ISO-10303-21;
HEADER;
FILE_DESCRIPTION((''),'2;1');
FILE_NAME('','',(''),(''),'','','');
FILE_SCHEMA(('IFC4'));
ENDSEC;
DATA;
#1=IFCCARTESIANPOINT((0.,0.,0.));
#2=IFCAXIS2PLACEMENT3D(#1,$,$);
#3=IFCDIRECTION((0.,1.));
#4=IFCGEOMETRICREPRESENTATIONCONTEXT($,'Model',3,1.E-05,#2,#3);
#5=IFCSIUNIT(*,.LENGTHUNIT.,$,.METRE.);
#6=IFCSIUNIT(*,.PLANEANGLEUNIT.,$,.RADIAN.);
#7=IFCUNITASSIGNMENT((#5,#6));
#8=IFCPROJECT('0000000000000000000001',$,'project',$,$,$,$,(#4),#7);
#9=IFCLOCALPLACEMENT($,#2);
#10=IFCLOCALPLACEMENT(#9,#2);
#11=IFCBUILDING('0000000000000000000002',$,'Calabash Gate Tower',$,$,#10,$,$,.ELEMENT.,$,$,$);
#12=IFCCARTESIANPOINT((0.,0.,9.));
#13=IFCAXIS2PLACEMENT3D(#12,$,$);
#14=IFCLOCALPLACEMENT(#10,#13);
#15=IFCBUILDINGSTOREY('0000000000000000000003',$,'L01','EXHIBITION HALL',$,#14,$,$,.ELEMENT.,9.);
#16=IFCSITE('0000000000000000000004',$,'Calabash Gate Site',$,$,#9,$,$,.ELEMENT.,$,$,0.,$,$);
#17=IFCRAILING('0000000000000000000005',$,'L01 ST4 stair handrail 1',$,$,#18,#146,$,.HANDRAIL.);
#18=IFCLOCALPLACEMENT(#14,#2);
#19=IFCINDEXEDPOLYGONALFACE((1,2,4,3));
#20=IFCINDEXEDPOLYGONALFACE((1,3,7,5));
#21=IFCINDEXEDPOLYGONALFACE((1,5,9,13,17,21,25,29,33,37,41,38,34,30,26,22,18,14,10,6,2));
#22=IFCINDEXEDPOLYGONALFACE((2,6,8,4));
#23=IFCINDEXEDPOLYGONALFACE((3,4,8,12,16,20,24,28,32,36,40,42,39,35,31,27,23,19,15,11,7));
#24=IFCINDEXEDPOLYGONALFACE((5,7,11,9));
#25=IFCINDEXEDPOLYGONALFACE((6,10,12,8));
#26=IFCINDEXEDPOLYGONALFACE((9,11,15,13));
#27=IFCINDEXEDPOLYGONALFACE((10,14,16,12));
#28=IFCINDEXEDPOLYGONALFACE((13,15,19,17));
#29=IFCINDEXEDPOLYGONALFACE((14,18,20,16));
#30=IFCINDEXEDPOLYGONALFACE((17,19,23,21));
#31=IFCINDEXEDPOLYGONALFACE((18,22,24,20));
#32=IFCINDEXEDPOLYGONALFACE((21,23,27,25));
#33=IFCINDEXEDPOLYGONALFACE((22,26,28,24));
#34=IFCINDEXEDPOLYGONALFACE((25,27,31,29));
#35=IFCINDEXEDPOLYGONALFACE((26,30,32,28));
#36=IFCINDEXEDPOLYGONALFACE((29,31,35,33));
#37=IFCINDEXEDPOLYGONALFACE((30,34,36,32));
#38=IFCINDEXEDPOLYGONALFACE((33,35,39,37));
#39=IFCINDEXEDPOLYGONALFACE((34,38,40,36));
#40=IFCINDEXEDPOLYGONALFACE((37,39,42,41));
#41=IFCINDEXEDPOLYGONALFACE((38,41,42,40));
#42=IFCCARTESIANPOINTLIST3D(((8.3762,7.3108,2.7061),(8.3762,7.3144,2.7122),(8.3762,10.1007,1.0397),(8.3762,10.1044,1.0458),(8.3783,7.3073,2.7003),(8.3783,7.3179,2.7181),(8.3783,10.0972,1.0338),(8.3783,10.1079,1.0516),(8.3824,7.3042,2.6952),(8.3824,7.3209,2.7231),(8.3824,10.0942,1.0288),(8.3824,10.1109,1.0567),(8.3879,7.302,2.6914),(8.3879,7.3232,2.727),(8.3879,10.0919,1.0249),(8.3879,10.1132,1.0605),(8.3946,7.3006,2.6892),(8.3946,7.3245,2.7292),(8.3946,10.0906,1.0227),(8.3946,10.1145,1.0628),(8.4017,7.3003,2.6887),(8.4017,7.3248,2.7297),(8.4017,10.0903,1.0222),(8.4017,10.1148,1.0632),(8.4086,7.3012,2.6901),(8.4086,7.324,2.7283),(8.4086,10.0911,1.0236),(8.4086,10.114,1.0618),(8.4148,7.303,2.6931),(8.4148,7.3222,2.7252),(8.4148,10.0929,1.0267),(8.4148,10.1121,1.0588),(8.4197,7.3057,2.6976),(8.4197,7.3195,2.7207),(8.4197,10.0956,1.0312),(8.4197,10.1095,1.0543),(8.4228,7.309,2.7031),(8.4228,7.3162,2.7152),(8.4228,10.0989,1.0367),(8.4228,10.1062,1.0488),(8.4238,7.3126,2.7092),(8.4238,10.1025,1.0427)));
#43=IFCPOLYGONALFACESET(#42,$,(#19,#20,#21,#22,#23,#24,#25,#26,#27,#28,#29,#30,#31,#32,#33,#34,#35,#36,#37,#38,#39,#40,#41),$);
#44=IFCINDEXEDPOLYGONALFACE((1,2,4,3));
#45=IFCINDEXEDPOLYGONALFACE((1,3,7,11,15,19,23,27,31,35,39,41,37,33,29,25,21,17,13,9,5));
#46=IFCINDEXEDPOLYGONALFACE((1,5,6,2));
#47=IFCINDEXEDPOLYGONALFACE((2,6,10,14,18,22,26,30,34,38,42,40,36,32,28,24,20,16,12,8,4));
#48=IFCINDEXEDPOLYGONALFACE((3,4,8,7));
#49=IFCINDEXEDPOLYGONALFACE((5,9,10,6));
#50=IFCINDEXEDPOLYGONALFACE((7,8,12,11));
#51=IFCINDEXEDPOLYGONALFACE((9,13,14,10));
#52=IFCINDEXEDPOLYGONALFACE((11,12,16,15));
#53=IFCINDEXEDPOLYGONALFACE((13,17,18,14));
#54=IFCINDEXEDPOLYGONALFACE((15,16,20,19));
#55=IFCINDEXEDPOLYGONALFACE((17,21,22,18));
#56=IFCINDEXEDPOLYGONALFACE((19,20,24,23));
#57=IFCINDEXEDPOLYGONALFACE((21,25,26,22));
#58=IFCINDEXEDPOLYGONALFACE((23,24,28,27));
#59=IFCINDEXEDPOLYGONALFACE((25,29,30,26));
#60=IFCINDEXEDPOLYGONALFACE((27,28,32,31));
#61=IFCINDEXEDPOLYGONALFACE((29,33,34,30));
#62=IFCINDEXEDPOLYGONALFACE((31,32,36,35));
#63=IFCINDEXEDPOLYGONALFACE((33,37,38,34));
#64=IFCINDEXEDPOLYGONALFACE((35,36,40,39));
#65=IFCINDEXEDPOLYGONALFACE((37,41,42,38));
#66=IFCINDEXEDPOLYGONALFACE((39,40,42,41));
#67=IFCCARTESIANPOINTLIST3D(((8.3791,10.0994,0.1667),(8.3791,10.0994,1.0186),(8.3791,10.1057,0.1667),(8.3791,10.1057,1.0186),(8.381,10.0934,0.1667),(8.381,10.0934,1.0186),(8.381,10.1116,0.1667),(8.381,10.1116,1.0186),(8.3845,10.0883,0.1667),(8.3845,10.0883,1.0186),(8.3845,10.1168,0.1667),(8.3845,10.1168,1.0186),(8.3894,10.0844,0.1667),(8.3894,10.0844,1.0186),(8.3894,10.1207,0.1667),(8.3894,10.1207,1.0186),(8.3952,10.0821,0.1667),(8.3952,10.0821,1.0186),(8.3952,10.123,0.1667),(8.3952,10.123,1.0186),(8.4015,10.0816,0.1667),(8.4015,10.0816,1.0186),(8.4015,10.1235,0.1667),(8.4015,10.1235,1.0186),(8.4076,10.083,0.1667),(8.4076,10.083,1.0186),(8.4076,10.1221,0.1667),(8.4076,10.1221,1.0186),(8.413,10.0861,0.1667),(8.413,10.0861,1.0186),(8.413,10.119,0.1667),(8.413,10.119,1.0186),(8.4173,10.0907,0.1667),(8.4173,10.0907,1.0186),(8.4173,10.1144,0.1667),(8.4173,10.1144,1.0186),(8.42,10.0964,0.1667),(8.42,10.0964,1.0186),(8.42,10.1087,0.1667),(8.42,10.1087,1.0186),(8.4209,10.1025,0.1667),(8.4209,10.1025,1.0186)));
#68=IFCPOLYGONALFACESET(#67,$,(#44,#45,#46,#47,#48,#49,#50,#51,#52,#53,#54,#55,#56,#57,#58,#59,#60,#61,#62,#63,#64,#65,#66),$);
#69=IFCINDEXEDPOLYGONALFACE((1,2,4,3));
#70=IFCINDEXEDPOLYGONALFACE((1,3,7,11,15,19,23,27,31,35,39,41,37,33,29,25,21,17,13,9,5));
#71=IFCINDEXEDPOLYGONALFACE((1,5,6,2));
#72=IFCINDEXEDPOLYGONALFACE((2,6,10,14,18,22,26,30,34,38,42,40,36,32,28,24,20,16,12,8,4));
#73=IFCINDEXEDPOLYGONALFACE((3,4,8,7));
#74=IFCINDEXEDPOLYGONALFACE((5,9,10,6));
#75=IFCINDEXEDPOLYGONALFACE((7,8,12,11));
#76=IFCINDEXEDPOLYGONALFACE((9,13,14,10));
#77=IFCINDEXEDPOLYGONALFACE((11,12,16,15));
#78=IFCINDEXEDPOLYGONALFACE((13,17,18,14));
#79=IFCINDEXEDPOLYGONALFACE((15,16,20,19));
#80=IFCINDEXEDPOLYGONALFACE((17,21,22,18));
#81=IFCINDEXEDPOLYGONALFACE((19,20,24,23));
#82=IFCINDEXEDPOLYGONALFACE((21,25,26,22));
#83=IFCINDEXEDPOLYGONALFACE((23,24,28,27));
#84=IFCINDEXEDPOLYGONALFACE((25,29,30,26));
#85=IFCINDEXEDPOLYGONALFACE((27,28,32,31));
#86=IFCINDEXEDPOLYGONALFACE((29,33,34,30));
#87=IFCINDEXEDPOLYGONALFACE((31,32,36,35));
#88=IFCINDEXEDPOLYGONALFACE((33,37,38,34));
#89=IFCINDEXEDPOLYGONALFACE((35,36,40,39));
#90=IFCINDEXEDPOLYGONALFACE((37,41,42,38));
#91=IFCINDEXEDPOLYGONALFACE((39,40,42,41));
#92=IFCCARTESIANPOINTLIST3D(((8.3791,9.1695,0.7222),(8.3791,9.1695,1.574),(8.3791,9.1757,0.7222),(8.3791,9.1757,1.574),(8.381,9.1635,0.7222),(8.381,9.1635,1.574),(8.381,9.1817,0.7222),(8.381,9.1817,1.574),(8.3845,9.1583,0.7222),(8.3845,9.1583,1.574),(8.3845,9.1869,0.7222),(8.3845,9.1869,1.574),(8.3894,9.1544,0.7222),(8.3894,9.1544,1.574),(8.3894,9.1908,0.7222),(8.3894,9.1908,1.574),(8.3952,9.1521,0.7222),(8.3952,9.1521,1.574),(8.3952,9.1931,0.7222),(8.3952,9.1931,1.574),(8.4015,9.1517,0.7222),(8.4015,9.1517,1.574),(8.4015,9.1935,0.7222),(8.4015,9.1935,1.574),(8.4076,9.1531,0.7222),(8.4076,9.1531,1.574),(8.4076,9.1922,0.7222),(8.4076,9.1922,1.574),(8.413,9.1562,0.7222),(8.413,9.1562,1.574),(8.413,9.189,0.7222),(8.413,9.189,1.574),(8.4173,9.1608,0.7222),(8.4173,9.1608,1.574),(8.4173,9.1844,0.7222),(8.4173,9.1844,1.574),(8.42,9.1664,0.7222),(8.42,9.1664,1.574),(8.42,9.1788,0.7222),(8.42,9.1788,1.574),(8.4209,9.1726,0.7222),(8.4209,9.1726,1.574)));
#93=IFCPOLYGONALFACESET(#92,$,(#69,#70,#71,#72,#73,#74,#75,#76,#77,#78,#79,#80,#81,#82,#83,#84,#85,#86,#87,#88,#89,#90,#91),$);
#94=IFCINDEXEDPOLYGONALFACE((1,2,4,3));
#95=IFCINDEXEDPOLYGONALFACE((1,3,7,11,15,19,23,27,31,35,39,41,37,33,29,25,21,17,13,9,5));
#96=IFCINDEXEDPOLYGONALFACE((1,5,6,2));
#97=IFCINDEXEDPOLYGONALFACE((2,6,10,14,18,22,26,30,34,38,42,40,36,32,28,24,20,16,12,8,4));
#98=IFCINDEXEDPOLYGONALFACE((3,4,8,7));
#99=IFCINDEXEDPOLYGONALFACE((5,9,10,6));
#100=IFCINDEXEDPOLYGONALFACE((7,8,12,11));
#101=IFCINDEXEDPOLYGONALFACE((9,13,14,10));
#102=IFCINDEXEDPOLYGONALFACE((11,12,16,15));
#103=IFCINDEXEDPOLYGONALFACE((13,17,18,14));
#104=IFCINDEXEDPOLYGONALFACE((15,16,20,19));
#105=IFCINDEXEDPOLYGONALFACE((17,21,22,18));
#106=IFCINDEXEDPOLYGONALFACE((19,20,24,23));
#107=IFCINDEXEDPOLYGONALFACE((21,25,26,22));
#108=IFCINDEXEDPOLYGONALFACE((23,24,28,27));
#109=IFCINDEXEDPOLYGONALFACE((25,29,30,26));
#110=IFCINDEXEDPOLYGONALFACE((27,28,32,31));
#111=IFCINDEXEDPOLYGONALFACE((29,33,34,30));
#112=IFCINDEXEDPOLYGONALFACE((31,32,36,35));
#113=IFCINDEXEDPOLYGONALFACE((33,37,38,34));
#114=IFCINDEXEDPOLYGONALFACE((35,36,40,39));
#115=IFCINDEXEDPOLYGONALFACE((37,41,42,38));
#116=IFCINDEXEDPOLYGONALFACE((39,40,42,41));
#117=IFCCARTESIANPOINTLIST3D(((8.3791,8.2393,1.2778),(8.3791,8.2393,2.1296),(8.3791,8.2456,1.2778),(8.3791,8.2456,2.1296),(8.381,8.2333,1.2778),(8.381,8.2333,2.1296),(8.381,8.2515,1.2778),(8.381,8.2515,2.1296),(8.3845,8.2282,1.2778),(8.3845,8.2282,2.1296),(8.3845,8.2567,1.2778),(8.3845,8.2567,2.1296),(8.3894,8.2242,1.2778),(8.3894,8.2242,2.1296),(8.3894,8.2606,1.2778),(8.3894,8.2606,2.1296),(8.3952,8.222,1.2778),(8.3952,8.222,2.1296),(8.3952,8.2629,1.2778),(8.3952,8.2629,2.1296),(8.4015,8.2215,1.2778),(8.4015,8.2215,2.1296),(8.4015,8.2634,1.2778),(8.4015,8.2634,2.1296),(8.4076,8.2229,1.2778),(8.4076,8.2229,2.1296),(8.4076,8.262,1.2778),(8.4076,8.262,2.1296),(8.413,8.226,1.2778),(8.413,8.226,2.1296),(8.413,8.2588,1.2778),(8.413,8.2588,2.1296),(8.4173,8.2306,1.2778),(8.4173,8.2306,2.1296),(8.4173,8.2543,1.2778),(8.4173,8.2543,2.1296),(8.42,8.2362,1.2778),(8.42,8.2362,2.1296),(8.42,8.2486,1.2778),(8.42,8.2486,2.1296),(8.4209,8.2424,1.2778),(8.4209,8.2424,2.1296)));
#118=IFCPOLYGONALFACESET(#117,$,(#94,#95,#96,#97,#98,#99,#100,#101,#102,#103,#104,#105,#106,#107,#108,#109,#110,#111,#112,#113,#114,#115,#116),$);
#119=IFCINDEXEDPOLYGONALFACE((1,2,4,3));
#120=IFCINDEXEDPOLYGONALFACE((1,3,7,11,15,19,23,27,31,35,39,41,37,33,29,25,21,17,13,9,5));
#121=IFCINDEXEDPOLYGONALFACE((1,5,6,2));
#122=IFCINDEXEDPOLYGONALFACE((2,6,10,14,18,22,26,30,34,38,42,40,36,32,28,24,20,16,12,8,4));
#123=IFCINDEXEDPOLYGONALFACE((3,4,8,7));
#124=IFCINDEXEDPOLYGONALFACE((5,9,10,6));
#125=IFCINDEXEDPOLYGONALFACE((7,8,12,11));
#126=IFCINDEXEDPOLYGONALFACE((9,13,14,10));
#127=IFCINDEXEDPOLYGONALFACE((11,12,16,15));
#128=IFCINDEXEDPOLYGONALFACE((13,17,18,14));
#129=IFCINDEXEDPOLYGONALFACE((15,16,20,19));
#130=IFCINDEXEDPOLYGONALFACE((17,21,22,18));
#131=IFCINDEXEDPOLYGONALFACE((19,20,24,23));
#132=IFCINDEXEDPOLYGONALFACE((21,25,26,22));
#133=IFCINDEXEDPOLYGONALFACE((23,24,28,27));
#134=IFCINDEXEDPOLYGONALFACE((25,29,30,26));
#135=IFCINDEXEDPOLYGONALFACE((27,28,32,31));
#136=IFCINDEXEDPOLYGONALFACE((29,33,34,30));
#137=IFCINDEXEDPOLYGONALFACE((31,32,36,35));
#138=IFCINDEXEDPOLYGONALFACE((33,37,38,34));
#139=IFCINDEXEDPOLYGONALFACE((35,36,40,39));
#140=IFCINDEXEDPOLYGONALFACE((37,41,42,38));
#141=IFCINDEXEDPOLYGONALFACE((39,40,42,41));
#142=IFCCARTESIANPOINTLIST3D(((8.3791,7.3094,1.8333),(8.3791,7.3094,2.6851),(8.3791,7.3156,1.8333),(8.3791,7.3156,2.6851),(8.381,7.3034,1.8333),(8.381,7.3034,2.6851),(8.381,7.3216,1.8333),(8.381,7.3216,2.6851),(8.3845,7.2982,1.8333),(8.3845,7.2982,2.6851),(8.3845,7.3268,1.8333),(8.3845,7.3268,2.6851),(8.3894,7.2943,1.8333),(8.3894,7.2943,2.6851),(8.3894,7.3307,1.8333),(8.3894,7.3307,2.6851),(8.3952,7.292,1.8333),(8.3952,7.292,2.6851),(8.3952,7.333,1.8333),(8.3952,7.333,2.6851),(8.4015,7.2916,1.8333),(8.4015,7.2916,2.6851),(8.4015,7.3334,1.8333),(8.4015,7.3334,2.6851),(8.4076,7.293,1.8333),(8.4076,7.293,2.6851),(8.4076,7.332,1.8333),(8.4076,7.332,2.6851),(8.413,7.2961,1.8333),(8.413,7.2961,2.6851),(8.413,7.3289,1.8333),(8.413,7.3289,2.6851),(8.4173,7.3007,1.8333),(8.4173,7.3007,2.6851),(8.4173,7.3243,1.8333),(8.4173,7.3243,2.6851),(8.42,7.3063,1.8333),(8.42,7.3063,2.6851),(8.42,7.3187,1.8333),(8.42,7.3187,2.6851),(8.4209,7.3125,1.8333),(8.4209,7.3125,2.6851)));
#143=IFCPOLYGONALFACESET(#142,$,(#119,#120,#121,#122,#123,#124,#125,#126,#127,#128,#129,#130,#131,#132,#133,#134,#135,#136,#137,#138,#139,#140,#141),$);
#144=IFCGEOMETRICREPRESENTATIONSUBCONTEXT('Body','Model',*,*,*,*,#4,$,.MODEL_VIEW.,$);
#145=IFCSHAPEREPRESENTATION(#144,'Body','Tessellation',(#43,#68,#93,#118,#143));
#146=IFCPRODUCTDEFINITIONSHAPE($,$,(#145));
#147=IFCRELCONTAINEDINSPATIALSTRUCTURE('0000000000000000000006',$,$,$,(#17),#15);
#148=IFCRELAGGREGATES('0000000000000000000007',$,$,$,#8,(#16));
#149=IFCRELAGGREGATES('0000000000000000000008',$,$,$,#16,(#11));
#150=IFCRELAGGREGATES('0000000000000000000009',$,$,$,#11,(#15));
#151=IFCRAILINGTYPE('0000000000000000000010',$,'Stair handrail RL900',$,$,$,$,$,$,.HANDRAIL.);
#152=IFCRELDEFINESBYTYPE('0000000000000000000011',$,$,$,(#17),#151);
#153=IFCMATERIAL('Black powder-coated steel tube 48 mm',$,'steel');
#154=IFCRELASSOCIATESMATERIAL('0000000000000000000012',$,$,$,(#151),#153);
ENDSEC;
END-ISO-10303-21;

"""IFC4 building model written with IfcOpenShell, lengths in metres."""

from ifc_helpers import new_model, si_unit, direction, frame, origin, origin_2d, place, context, subcontext, project, spatial, circle, extrude, material, type_object, element, save


model = new_model("IFC4")

# Units and contexts
model_context = context("Model", 3, precision=1e-05, world=origin(), true_north=direction((0.0, 1.0)))
body_context = subcontext(model_context, "Body", "Model", "MODEL_VIEW")
ifc_project = project(units=[si_unit("LENGTHUNIT", "METRE"), si_unit("PLANEANGLEUNIT", "RADIAN")], contexts=[model_context])

# Site, building, storey
site_placement = place(None, origin())
site = spatial("IfcSite", under=ifc_project, at=site_placement, Name="Calabash Gate Site", CompositionType="ELEMENT", RefElevation=0.0)
building_placement = place(site_placement, origin())
building = spatial("IfcBuilding", under=site, at=building_placement, Name="Calabash Gate Tower", CompositionType="ELEMENT")
storey_placement = place(building_placement, frame((0.0, 0.0, 9.0)))
storey = spatial("IfcBuildingStorey", under=building, at=storey_placement, Name="L01", Description="EXHIBITION HALL", CompositionType="ELEMENT", Elevation=9.0)

# Railing
ifc_material_1 = material(Name="Black powder-coated steel tube 48 mm", Category="steel")
railing_type_1 = type_object("IfcRailingType", Name="Stair handrail RL900", PredefinedType="HANDRAIL", material=ifc_material_1)
railing_1_placement = place(storey_placement, frame((8.3999, 10.1025, 0.1667)))
element("IfcRailing", 1, at=railing_1_placement, inside=storey, type_object=railing_type_1, Name="L01 ST4 stair handrail 1", PredefinedType="HANDRAIL", context=body_context, shape_type="SweptSolid", body=[
    extrude(circle(Radius=0.0239, at=origin_2d()), frame((0.0, 0.0, 0.876), z_axis=(0.0, -0.858512, 0.512793), x_axis=(1.0, 0.0, 0.0)), (0.0, 0.0, 1.0), 3.2498),
    extrude(circle(Radius=0.021, at=origin_2d()), origin(), (0.0, 0.0, 1.0), 0.8518),
    extrude(circle(Radius=0.021, at=origin_2d()), frame((0.0, -0.9299, 0.5554)), (0.0, 0.0, 1.0), 0.8518),
    extrude(circle(Radius=0.021, at=origin_2d()), frame((0.0, -1.8601, 1.1111)), (0.0, 0.0, 1.0), 0.8518),
    extrude(circle(Radius=0.021, at=origin_2d()), frame((0.0, -2.79, 1.6665)), (0.0, 0.0, 1.0), 0.8518),
])

save(model, "model.ifc")
